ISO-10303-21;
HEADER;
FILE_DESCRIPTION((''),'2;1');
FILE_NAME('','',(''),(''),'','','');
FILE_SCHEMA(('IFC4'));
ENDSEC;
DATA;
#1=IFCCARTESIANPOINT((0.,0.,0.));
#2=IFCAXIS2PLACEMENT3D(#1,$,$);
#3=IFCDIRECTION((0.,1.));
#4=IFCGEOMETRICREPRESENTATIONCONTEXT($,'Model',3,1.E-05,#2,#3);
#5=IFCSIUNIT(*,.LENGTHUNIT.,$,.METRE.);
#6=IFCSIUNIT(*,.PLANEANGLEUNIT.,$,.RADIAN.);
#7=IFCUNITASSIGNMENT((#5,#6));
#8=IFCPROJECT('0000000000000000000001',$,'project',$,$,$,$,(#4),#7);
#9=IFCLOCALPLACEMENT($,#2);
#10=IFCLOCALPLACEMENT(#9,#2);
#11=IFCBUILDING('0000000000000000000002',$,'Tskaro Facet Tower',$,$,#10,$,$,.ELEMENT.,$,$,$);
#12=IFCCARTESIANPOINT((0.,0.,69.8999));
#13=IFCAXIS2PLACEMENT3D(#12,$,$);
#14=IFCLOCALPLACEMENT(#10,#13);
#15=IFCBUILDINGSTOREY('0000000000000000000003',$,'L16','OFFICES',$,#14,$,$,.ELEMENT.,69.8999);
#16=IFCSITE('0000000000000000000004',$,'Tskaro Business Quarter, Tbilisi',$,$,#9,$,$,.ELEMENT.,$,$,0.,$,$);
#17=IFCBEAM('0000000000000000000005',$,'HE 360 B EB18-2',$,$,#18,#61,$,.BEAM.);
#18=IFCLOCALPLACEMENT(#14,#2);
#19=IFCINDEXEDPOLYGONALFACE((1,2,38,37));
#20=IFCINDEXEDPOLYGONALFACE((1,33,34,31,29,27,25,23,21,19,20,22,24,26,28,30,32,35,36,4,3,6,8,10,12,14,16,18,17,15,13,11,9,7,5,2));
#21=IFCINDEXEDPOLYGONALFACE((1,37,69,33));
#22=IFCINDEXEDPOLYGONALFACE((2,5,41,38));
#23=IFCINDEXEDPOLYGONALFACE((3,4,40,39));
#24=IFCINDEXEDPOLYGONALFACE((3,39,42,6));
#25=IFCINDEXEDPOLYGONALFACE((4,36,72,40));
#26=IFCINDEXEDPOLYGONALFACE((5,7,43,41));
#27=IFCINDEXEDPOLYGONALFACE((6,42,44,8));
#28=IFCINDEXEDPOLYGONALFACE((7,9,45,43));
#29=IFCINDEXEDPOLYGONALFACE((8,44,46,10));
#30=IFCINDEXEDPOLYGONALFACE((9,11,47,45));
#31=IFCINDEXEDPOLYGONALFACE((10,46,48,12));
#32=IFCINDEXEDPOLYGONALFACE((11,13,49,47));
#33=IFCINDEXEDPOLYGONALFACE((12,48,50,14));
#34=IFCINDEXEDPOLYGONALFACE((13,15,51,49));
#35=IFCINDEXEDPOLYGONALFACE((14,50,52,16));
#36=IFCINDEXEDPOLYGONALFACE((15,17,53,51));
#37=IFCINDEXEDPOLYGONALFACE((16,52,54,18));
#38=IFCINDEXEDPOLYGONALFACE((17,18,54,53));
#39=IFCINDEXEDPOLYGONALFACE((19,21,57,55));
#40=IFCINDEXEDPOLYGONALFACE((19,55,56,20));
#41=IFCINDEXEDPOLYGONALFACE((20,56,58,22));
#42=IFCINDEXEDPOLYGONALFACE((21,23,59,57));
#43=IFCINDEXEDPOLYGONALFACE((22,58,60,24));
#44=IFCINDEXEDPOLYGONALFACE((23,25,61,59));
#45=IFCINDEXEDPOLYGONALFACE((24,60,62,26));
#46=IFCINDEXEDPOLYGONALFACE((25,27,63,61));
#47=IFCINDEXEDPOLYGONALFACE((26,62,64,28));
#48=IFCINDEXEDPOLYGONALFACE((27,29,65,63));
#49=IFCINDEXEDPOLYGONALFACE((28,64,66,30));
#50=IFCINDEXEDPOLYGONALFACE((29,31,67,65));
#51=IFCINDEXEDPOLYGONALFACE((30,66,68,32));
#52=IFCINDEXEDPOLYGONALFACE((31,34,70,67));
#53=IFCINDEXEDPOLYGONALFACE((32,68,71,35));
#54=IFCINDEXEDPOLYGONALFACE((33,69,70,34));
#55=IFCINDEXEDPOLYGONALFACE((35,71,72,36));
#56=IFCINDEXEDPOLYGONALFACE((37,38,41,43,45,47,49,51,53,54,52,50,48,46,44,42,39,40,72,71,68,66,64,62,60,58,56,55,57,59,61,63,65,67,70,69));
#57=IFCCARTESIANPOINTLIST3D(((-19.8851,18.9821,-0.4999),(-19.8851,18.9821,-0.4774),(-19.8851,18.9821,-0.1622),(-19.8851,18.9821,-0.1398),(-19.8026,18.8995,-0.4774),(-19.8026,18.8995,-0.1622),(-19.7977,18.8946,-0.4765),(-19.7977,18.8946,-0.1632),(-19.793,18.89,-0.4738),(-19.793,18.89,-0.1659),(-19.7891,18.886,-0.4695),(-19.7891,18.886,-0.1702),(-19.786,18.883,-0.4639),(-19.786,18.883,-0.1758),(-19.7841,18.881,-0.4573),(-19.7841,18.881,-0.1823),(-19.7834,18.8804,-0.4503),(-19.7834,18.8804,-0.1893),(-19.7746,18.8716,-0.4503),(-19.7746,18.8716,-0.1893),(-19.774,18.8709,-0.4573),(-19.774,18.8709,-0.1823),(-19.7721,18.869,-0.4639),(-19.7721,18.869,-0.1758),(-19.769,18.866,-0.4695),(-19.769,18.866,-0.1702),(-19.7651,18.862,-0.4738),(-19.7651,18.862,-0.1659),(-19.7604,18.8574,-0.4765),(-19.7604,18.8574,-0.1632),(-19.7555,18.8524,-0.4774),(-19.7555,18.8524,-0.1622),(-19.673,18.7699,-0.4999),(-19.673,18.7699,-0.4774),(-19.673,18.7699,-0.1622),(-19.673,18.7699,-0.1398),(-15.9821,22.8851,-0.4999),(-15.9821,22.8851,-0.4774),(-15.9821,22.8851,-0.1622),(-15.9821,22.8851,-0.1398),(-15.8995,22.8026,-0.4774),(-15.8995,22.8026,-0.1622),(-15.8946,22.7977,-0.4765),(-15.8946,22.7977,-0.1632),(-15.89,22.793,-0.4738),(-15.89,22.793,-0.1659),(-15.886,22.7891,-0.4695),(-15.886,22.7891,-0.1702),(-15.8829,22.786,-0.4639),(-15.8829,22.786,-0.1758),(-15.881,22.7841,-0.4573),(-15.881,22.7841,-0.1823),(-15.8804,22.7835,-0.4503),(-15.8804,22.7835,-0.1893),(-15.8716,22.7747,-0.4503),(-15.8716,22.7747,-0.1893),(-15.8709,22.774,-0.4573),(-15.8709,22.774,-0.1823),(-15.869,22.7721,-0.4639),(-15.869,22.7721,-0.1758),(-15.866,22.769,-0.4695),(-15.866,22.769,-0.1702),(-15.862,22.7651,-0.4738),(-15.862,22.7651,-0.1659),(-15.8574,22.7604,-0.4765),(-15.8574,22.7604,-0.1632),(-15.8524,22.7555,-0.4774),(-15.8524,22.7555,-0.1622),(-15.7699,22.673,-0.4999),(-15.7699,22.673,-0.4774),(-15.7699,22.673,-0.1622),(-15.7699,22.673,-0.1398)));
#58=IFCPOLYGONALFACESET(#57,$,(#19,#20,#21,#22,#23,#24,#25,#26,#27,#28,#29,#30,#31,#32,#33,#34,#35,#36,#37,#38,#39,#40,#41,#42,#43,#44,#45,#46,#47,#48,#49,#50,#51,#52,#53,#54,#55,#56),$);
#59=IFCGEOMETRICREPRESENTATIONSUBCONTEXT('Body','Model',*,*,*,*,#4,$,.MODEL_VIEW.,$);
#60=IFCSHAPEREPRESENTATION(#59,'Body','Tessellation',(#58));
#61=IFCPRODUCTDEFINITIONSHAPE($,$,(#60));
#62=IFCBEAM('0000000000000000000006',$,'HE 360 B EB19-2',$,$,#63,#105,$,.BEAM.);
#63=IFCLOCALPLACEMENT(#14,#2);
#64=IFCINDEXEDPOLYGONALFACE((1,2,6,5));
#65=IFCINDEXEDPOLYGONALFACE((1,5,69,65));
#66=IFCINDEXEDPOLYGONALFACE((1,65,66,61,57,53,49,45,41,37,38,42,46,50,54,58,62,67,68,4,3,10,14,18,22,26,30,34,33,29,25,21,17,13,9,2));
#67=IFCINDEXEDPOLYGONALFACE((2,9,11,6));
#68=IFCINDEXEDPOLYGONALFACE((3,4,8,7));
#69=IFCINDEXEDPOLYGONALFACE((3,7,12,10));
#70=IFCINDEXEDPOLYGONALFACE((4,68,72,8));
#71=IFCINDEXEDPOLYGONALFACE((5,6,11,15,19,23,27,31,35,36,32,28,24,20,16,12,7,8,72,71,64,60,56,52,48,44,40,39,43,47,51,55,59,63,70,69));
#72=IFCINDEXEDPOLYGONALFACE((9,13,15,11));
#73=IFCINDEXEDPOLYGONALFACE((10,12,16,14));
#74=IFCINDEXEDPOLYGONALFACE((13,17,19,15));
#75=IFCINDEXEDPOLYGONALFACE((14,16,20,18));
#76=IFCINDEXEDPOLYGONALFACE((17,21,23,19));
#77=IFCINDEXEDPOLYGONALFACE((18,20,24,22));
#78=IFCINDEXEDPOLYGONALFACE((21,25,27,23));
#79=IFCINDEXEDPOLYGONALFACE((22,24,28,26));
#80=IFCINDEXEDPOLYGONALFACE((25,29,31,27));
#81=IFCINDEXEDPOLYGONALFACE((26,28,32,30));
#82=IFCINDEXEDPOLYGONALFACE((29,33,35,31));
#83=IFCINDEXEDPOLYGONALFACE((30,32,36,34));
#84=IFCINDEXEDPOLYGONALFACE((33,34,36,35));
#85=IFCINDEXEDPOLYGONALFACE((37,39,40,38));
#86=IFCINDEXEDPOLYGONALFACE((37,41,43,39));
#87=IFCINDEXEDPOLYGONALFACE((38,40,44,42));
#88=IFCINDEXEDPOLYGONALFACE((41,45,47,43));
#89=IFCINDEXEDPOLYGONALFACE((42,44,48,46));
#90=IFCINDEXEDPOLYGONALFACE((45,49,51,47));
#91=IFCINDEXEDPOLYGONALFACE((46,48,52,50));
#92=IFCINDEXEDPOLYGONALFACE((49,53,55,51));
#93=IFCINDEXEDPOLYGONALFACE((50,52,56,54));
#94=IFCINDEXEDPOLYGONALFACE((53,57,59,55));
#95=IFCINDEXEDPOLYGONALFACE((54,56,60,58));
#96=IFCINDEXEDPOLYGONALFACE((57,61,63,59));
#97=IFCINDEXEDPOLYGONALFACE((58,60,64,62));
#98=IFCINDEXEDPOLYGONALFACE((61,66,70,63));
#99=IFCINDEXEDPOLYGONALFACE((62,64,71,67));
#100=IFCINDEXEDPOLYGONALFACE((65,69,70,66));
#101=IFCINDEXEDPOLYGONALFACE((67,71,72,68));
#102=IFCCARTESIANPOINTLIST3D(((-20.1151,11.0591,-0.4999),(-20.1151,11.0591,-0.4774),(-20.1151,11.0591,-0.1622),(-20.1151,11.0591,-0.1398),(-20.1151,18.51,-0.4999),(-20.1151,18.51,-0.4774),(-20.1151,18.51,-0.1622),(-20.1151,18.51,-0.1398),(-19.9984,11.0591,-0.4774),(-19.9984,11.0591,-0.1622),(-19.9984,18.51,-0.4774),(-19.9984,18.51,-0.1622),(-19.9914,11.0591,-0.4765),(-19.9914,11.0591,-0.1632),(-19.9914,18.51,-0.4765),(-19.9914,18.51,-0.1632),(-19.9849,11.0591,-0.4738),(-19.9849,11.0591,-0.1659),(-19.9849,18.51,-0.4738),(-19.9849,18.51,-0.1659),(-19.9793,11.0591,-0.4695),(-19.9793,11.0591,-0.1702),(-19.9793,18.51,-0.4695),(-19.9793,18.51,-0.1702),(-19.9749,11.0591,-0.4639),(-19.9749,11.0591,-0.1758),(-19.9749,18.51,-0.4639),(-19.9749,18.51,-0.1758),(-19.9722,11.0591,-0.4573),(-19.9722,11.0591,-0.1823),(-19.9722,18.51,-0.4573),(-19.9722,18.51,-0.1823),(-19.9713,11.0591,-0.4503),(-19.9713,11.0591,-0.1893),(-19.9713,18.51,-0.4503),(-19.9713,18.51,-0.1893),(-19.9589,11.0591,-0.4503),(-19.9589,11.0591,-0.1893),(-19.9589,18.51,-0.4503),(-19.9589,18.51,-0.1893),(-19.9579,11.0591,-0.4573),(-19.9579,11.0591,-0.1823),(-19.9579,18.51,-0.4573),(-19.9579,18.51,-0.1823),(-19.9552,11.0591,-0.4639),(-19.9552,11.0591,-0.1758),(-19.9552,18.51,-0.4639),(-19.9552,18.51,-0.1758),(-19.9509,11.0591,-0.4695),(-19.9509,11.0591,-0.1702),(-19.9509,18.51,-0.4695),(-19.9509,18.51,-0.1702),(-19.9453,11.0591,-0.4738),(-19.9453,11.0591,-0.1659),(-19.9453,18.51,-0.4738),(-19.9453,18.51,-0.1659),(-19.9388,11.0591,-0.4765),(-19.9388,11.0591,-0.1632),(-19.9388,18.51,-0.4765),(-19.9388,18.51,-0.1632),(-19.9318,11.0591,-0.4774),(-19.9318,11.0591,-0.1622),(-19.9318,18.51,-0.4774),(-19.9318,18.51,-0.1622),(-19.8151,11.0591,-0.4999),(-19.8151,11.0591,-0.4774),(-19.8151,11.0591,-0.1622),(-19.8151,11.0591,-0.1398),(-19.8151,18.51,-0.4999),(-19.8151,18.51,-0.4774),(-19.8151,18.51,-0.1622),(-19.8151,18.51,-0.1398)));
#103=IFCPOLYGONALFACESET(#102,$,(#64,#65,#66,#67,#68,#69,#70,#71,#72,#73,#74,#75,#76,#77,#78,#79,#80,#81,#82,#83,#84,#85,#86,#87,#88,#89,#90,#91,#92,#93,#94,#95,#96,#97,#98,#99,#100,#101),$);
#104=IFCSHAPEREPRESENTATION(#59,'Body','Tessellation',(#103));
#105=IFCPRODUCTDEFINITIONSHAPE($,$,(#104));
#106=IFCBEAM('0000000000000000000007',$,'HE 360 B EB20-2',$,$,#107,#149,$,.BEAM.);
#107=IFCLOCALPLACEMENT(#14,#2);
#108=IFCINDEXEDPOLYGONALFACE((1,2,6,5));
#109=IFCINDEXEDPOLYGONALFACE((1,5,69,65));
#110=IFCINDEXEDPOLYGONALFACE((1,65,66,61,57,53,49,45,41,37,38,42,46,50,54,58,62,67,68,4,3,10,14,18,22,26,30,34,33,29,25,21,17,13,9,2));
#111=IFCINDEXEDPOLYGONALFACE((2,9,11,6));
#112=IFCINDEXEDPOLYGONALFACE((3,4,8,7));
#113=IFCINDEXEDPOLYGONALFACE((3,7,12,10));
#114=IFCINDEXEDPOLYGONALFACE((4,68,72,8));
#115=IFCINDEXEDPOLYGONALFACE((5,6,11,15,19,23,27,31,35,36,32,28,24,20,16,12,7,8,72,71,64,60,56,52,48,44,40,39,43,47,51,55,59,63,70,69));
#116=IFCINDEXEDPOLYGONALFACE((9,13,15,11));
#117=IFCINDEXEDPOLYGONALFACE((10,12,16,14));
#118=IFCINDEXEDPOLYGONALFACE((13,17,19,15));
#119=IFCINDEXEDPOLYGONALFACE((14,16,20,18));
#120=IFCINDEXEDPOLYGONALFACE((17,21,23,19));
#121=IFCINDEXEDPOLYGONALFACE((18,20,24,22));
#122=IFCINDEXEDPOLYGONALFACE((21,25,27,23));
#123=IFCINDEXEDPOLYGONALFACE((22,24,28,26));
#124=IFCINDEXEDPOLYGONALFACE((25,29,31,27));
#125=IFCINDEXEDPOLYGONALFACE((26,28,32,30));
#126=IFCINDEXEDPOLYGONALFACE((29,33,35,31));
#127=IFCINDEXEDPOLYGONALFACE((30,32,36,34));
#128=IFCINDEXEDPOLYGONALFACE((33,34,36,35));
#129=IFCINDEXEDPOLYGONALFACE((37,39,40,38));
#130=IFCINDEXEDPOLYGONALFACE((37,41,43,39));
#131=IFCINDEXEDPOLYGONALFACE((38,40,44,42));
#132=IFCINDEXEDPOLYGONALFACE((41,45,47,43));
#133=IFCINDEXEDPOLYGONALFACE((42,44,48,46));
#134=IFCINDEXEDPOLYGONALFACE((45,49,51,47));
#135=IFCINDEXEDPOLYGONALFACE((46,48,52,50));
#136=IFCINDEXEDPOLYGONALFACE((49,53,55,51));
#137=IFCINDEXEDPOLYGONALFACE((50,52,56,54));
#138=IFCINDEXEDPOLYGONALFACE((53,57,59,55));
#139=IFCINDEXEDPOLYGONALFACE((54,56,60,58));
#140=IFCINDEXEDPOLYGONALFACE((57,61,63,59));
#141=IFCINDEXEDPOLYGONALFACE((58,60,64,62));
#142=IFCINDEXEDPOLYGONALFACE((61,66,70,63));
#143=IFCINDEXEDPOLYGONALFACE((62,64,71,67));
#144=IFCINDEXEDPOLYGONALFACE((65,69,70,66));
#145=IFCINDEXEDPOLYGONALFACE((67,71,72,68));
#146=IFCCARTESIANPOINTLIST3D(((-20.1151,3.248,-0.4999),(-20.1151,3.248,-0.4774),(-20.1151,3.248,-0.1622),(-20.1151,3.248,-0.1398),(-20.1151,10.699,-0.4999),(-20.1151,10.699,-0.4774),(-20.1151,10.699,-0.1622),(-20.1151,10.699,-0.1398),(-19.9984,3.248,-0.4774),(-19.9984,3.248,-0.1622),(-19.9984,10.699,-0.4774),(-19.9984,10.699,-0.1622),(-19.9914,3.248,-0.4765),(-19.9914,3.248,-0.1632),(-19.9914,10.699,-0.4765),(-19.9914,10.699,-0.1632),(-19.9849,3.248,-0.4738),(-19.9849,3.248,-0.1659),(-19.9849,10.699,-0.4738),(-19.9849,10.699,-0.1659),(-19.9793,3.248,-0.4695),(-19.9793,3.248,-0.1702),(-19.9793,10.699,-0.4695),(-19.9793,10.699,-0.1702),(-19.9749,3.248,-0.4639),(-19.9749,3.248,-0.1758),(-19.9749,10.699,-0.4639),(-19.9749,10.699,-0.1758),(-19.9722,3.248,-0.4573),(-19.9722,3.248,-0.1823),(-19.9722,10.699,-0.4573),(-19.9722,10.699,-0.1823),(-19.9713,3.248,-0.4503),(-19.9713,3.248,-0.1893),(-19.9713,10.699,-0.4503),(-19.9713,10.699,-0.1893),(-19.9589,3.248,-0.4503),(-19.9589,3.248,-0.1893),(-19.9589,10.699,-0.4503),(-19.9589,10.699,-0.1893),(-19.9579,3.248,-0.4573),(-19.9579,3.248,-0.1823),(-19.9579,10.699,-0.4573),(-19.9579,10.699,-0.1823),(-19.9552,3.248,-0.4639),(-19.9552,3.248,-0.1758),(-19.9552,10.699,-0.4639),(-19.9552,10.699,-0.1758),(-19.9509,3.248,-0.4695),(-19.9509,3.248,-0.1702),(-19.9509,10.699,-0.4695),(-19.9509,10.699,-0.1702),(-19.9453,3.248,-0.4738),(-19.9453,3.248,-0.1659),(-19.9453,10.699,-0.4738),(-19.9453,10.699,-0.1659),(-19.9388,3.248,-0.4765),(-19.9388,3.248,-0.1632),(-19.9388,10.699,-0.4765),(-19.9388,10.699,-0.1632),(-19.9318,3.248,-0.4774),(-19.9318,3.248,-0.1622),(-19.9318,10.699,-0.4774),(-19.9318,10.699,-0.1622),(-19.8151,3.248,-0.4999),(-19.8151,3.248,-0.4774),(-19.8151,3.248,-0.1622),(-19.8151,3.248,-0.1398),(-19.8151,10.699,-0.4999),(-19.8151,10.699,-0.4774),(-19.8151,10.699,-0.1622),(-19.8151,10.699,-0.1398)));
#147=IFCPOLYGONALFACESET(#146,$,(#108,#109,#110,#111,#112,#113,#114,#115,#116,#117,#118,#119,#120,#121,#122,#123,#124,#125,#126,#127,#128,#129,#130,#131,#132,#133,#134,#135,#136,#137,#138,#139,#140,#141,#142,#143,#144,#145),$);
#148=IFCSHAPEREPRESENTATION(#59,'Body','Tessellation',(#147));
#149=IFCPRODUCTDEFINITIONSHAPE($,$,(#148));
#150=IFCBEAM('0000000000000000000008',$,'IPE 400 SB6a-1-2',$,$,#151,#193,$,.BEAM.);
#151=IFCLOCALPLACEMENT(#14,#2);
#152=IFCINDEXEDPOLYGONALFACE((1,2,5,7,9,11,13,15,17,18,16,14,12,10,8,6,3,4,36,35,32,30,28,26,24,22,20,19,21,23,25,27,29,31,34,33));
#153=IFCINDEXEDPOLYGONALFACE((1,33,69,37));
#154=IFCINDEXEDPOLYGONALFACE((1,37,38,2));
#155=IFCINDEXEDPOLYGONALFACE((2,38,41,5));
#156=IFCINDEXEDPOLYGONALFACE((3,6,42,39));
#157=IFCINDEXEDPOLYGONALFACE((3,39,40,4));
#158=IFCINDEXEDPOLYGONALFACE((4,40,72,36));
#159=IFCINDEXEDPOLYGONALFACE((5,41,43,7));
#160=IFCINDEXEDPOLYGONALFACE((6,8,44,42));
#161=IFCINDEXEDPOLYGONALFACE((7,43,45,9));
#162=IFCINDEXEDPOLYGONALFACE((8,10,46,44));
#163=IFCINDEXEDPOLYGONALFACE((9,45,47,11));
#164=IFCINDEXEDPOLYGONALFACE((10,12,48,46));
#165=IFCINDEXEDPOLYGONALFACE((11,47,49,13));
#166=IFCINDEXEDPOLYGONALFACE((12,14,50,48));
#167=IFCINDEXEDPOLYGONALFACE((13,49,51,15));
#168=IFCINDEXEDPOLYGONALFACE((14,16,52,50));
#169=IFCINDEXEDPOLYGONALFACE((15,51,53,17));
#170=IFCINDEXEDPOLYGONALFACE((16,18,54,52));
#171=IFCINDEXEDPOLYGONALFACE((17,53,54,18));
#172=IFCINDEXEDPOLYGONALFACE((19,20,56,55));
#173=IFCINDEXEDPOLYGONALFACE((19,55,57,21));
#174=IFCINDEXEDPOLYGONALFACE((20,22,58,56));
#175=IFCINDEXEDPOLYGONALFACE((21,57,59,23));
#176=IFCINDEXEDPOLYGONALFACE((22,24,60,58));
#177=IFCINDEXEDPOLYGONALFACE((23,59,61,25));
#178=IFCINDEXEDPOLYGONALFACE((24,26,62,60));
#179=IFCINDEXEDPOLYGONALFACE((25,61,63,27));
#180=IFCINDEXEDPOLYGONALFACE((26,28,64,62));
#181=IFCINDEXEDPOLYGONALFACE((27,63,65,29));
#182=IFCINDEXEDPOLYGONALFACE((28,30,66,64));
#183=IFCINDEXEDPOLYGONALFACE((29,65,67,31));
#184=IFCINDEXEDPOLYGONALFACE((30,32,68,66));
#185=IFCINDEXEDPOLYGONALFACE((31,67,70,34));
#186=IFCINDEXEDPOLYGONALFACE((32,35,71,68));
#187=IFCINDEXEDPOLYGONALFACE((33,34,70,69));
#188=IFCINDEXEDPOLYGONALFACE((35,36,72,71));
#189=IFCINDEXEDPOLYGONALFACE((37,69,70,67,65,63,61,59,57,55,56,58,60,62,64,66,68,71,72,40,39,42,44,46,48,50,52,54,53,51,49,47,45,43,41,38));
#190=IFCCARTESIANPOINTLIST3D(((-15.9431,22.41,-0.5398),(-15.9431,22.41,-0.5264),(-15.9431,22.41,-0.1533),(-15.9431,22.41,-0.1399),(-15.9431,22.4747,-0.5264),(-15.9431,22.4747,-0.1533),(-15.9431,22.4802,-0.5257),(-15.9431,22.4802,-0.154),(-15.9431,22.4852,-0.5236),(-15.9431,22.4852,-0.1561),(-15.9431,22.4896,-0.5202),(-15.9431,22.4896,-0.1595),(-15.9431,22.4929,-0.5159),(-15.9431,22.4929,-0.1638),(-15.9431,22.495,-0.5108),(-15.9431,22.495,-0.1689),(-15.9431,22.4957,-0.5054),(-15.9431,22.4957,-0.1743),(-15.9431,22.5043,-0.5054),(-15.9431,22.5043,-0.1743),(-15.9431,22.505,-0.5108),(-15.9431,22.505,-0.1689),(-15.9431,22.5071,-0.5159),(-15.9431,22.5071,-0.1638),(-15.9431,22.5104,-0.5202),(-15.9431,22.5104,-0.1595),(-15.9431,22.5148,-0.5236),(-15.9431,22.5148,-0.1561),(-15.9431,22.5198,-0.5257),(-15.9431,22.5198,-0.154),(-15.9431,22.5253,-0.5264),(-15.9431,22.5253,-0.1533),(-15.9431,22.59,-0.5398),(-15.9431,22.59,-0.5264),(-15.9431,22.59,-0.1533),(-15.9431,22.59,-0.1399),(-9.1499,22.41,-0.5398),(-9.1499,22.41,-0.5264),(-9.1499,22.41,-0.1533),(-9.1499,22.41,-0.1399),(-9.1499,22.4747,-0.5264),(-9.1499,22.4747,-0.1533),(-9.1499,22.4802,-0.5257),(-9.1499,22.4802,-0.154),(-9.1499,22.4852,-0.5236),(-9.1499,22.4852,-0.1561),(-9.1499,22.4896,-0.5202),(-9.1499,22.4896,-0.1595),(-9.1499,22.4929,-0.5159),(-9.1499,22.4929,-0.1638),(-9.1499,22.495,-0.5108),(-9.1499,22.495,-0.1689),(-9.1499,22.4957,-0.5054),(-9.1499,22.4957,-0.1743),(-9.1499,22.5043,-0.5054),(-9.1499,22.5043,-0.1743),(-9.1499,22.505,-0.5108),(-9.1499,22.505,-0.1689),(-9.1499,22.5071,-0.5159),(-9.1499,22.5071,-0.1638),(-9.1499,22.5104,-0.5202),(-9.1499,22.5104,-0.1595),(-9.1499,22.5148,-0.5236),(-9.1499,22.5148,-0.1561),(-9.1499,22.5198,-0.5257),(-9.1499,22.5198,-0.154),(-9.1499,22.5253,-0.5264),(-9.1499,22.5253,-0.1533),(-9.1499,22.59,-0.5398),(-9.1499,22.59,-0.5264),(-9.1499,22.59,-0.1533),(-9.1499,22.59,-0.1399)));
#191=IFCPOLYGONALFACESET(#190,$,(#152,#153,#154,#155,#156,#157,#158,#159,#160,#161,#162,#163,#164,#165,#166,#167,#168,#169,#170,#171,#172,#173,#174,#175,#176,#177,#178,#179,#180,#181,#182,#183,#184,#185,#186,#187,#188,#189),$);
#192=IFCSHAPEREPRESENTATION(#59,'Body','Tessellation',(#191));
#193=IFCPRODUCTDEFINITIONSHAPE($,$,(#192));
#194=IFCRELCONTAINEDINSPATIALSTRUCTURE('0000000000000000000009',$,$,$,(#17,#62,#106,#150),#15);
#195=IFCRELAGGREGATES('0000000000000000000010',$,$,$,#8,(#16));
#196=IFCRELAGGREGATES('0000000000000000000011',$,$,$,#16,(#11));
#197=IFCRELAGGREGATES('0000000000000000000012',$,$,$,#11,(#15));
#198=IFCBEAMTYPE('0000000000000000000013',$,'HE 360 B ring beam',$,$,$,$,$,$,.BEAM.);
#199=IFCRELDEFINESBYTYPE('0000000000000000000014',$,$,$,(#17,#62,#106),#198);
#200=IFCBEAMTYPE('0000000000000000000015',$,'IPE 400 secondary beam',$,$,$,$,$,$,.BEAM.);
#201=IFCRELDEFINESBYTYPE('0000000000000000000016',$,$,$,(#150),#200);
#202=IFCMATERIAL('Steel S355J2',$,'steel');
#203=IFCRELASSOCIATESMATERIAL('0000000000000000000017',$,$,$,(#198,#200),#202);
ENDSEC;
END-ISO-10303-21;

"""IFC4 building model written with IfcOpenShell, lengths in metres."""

from ifc_helpers import new_model, si_unit, direction, frame, origin, origin_2d, place, context, subcontext, project, spatial, i_section, extrude, material, material_profile, profile_set, type_object, element, save


model = new_model("IFC4")

# Units and contexts
model_context = context("Model", 3, precision=1e-05, world=origin(), true_north=direction((0.0, 1.0)))
body_context = subcontext(model_context, "Body", "Model", "MODEL_VIEW")
ifc_project = project(units=[si_unit("LENGTHUNIT", "METRE"), si_unit("PLANEANGLEUNIT", "RADIAN")], contexts=[model_context])

# Site, building, storey
site_placement = place(None, origin())
site = spatial("IfcSite", under=ifc_project, at=site_placement, Name="Tskaro Business Quarter, Tbilisi", CompositionType="ELEMENT", RefElevation=0.0)
building_placement = place(site_placement, origin())
building = spatial("IfcBuilding", under=site, at=building_placement, Name="Tskaro Facet Tower", CompositionType="ELEMENT")
storey_placement = place(building_placement, frame((0.0, 0.0, 69.8999)))
storey = spatial("IfcBuildingStorey", under=building, at=storey_placement, Name="L16", Description="OFFICES", CompositionType="ELEMENT", Elevation=69.8999)

# Beams
ifc_material_1 = material(Name="Steel S355J2", Category="steel")
ifc_material_profile_1 = material_profile(ifc_material_1, i_section(OverallWidth=0.3, OverallDepth=0.3601, WebThickness=0.0125, FlangeThickness=0.0225, FilletRadius=0.0271, at=origin_2d()), Name="HE 360 B")
ifc_profile_set_1 = profile_set([ifc_material_profile_1], Name="Steel S355J2")
beam_type_1 = type_object("IfcBeamType", Name="HE 360 B ring beam", PredefinedType="BEAM", material=ifc_profile_set_1)
beam_1_placement = place(storey_placement, frame((-15.876, 22.7791, -0.3198), z_axis=(-0.707107, -0.707107, 0.0), x_axis=(0.707107, -0.707107, 0.0)))
element("IfcBeam", 1, at=beam_1_placement, inside=storey, type_object=beam_type_1, Name="HE 360 B EB18-2", PredefinedType="BEAM", context=body_context, shape_type="SweptSolid", body=[
    extrude(i_section(OverallWidth=0.3, OverallDepth=0.3601, WebThickness=0.0125, FlangeThickness=0.0225, FilletRadius=0.0271, at=origin_2d()), origin(), (0.0, 0.0, 1.0), 5.5198),
])
for number, where, z_axis, x_axis, name in (
    (2, (-19.9651, 18.51, -0.3198), (0.0, -1.0, 0.0), (1.0, 0.0, 0.0), "HE 360 B EB19-2"),
    (3, (-19.9651, 10.699, -0.3198), (0.0, -1.0, 0.0), (1.0, 0.0, 0.0), "HE 360 B EB20-2"),
):
    element("IfcBeam", number, at=place(storey_placement, frame(where, z_axis=z_axis, x_axis=x_axis)), inside=storey, type_object=beam_type_1, Name=name, PredefinedType="BEAM", context=body_context, shape_type="SweptSolid", body=[
        extrude(i_section(OverallWidth=0.3, OverallDepth=0.3601, WebThickness=0.0125, FlangeThickness=0.0225, FilletRadius=0.0271, at=origin_2d()), origin(), (0.0, 0.0, 1.0), 7.4509),
    ])
ifc_material_profile_2 = material_profile(ifc_material_1, i_section(OverallWidth=0.1799, OverallDepth=0.3999, WebThickness=0.0085, FlangeThickness=0.0134, FilletRadius=0.021, at=origin_2d()), Name="IPE 400")
ifc_profile_set_2 = profile_set([ifc_material_profile_2], Name="Steel S355J2")
beam_type_2 = type_object("IfcBeamType", Name="IPE 400 secondary beam", PredefinedType="BEAM", material=ifc_profile_set_2)
beam_2_placement = place(storey_placement, frame((-15.9431, 22.5, -0.3398), z_axis=(1.0, 0.0, 0.0), x_axis=(0.0, 1.0, 0.0)))
element("IfcBeam", 4, at=beam_2_placement, inside=storey, type_object=beam_type_2, Name="IPE 400 SB6a-1-2", PredefinedType="BEAM", context=body_context, shape_type="SweptSolid", body=[
    extrude(i_section(OverallWidth=0.1799, OverallDepth=0.3999, WebThickness=0.0085, FlangeThickness=0.0134, FilletRadius=0.021, at=origin_2d()), origin(), (0.0, 0.0, 1.0), 6.7932),
])

save(model, "model.ifc")
